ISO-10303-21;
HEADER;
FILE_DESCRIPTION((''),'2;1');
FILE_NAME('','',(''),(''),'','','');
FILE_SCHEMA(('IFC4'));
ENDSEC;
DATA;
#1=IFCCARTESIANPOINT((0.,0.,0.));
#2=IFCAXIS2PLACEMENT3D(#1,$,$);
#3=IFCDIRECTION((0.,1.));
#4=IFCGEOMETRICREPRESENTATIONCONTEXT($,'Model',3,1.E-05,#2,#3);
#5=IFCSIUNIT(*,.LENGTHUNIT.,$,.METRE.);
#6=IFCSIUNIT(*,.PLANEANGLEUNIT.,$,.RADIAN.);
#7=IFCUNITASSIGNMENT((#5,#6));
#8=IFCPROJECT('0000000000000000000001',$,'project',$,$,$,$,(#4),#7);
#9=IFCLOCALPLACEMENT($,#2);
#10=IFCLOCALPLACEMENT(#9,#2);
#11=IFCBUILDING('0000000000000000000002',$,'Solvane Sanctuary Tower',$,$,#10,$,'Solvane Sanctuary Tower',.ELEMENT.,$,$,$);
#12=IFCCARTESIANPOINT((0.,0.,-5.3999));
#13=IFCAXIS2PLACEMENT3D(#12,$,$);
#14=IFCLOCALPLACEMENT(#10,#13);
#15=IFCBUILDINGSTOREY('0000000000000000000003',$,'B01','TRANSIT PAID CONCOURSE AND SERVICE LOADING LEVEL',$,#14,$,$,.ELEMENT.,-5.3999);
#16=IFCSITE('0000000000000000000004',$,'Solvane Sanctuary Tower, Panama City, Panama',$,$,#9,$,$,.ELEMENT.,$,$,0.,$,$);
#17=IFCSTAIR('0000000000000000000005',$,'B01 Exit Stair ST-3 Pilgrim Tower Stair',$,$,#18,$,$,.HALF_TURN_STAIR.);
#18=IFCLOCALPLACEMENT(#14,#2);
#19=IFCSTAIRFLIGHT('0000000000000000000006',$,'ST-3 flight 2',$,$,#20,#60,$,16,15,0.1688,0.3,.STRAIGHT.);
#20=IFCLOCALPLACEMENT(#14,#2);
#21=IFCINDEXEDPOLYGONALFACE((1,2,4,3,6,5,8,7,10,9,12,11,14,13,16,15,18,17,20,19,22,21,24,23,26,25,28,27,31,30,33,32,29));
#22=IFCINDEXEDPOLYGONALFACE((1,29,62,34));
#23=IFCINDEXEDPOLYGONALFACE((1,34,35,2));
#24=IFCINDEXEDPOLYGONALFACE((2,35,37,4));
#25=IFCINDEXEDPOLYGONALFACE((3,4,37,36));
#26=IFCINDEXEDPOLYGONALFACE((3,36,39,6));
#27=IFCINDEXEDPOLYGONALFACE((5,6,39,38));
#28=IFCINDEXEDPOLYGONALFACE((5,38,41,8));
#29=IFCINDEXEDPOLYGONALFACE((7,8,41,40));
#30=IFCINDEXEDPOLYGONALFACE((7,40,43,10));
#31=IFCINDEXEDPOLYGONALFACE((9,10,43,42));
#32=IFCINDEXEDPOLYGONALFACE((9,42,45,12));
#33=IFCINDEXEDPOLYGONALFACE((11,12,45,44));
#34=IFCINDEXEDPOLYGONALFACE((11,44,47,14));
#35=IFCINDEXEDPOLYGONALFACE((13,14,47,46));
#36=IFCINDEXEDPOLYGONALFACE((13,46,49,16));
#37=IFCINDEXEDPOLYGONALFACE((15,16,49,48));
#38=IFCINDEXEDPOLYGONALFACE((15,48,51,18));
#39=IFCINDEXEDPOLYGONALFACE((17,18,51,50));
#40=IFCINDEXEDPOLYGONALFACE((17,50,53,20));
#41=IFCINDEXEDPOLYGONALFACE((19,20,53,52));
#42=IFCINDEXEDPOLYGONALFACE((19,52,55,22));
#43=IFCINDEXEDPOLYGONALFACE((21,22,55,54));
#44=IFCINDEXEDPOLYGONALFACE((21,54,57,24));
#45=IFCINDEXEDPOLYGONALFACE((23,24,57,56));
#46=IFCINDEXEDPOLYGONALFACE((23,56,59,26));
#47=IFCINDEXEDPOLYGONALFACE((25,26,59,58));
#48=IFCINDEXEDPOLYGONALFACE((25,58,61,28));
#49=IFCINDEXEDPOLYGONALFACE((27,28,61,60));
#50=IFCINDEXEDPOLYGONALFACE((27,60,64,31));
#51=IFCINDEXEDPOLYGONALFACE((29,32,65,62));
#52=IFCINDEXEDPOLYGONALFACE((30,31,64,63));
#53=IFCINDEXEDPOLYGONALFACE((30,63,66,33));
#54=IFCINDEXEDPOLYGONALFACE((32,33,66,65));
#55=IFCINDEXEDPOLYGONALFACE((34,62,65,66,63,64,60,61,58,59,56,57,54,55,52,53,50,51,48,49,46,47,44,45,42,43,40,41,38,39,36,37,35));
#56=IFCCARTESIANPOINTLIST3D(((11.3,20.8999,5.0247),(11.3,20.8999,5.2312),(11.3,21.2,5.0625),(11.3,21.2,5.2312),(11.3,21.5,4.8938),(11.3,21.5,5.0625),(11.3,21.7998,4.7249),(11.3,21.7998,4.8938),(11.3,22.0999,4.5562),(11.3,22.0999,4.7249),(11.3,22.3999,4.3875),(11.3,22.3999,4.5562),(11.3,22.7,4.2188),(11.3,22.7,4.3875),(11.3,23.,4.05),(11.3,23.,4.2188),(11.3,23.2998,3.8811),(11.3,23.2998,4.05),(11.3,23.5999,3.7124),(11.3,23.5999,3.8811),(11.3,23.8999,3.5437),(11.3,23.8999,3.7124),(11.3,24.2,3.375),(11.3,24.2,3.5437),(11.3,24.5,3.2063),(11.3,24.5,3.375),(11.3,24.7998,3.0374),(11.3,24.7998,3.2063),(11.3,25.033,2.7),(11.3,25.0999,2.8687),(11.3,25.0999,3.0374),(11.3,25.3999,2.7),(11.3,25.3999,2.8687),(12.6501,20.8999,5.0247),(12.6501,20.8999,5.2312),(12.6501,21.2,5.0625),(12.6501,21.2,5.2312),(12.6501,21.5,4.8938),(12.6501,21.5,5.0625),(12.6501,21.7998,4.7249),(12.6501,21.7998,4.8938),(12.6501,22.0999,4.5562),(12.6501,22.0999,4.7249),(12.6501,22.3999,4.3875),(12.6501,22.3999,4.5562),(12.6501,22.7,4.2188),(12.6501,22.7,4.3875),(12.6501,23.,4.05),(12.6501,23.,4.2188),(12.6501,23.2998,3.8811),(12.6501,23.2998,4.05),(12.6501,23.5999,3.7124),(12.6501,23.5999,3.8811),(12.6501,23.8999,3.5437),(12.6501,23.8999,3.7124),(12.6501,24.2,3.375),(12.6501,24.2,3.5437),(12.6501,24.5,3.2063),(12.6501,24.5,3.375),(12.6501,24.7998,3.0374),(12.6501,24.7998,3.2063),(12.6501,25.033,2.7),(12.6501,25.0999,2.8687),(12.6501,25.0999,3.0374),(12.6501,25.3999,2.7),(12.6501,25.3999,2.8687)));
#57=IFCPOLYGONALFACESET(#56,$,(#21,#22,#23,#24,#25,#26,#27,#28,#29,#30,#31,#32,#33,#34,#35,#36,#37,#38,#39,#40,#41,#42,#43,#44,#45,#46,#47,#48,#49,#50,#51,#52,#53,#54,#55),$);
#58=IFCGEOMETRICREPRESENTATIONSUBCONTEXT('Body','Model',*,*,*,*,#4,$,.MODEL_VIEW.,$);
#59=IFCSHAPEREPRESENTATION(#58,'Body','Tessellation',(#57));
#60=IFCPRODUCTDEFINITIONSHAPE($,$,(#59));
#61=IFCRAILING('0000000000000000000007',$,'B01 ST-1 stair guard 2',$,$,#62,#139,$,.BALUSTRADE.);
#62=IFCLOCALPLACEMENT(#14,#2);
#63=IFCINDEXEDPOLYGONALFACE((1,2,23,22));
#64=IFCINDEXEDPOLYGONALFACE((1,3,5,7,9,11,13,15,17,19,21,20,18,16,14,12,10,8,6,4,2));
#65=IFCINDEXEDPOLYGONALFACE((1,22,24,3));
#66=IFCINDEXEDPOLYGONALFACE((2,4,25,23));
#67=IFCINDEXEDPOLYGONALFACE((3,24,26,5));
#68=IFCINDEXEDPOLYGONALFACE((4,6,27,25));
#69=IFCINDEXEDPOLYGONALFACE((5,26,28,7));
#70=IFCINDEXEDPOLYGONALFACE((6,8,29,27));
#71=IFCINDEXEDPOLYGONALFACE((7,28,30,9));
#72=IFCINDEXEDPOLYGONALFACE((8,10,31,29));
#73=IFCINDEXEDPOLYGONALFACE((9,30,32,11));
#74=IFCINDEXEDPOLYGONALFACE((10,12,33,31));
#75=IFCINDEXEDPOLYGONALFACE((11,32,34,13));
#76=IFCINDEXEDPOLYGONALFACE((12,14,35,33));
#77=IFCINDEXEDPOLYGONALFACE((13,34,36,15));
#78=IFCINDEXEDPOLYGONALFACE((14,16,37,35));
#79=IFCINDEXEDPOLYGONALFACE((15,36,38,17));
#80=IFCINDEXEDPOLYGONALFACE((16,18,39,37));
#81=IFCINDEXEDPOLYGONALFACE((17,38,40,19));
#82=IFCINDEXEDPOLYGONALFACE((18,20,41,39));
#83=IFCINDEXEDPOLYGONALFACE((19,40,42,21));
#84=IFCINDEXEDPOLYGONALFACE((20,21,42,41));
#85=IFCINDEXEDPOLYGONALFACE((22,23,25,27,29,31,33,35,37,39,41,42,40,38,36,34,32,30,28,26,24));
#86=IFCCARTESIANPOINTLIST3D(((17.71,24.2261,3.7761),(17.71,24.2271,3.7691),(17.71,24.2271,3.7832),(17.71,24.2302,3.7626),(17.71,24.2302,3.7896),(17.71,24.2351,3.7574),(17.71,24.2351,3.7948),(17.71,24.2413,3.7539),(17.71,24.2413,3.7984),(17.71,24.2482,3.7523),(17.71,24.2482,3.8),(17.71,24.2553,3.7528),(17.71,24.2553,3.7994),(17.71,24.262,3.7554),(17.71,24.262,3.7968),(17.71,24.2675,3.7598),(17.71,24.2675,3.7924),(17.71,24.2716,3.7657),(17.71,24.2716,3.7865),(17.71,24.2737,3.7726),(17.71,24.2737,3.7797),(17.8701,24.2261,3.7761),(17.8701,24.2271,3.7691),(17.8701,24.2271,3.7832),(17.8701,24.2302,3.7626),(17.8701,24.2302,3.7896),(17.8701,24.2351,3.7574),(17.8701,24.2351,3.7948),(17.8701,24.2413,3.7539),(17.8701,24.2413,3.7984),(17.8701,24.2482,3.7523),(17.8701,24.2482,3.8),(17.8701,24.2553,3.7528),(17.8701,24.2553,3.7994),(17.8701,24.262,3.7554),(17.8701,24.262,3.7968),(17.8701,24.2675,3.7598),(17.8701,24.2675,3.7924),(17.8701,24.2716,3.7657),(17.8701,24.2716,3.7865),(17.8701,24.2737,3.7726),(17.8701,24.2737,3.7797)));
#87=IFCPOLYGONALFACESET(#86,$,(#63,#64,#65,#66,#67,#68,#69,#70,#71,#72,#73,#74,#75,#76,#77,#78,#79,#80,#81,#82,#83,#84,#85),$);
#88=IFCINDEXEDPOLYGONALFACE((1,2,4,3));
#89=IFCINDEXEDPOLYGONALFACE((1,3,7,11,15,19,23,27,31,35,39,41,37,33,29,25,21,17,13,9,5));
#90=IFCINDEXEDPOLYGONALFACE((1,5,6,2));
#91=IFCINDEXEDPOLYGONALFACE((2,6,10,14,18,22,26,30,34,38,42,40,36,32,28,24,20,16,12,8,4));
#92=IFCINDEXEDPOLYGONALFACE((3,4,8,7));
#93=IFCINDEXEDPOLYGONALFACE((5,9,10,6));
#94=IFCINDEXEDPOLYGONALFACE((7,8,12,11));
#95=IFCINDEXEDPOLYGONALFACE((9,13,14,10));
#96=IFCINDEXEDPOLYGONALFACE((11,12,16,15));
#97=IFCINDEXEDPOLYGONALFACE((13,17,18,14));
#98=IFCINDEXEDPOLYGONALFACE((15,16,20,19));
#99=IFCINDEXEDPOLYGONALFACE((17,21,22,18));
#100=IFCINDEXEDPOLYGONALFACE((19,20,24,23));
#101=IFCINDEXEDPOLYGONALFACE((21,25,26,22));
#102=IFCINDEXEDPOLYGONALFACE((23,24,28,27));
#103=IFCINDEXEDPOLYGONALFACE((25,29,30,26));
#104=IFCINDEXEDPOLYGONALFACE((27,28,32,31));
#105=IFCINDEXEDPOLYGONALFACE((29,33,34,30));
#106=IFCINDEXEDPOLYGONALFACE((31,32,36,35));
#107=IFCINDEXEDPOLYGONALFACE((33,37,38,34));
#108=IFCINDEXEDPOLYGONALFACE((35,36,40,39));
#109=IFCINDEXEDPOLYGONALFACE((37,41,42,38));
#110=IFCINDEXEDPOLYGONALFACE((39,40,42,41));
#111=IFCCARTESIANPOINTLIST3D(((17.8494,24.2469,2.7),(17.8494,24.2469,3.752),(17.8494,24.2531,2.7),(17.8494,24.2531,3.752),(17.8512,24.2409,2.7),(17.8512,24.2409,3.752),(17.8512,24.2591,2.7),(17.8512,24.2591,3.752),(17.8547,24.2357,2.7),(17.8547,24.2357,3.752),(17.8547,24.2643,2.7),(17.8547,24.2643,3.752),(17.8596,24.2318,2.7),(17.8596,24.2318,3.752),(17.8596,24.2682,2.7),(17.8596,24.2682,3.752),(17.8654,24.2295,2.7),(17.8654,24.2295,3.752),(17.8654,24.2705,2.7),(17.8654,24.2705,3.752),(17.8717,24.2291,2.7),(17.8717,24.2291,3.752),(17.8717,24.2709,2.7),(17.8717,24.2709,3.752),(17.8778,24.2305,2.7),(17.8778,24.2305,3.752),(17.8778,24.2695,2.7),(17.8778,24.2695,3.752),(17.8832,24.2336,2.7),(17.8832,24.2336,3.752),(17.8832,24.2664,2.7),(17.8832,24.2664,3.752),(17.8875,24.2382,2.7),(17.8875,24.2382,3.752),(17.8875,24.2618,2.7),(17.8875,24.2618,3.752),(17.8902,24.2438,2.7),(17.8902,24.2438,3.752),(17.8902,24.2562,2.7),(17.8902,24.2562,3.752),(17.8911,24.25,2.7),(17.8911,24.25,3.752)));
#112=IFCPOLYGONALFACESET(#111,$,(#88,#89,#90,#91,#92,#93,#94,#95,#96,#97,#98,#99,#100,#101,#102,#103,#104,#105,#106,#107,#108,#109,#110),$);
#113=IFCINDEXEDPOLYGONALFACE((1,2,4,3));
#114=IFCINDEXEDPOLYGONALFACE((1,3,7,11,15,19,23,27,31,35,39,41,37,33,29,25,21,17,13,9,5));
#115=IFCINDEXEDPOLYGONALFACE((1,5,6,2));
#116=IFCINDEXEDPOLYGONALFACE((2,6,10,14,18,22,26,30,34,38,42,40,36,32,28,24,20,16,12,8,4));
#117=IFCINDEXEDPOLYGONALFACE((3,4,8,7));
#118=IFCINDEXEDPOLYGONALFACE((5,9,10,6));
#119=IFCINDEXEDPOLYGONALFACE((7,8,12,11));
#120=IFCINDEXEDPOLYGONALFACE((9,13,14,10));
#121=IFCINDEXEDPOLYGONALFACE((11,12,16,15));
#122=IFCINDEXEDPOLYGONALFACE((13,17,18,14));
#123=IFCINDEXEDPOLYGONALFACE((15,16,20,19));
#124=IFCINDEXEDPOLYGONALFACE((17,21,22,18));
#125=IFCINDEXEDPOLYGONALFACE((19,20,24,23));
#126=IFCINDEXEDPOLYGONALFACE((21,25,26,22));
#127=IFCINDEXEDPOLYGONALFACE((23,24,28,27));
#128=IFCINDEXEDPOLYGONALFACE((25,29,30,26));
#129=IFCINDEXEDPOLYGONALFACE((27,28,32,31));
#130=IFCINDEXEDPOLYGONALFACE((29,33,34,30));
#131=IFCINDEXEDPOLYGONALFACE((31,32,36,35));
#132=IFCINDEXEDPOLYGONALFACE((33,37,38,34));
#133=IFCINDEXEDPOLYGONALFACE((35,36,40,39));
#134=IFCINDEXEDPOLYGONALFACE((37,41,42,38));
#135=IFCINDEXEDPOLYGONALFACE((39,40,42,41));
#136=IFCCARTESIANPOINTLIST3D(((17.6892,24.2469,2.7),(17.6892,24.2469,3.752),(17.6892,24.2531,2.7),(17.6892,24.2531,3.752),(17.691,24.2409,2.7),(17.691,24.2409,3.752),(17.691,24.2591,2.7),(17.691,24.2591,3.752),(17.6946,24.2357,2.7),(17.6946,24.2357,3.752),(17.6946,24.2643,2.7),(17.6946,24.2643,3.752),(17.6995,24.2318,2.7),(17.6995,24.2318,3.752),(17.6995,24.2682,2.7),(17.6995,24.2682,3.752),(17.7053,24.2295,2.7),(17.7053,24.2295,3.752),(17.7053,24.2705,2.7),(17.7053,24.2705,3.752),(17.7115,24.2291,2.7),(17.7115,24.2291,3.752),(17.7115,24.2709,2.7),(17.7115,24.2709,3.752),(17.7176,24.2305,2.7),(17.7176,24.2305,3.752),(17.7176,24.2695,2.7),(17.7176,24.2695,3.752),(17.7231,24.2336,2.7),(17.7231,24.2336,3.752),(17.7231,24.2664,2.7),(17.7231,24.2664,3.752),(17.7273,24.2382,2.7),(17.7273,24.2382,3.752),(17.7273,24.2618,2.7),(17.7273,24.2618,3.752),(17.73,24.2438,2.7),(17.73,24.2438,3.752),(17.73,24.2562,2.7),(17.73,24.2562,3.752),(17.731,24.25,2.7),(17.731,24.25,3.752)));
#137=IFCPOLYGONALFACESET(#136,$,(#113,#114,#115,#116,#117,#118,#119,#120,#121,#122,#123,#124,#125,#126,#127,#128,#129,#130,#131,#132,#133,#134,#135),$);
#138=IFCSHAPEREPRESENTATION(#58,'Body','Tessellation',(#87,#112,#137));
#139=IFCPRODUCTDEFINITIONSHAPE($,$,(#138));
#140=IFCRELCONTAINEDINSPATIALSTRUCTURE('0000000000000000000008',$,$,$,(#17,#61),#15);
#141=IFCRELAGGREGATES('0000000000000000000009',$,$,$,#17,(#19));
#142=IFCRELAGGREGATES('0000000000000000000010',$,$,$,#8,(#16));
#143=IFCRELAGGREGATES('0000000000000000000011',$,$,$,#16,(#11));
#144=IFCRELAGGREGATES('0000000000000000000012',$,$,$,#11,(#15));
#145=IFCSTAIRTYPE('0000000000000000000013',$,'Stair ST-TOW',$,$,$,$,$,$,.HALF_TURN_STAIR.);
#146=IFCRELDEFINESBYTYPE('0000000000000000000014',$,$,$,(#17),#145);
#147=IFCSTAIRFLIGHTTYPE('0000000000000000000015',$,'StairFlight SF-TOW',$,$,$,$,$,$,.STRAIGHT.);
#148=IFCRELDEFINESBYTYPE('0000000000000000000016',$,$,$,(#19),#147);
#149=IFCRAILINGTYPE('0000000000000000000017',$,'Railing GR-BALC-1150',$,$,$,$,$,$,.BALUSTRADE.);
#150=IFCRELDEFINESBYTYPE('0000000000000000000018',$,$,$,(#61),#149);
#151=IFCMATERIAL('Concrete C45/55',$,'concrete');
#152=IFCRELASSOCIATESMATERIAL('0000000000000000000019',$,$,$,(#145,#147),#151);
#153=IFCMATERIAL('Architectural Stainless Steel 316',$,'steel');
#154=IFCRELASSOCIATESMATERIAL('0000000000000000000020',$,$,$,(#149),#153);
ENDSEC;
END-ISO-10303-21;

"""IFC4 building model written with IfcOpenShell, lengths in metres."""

from ifc_helpers import new_model, si_unit, direction, frame, origin, origin_2d, place, context, subcontext, project, spatial, polyline, circle, outline, extrude, material, type_object, element, aggregate, save


model = new_model("IFC4")

# Units and contexts
model_context = context("Model", 3, precision=1e-05, world=origin(), true_north=direction((0.0, 1.0)))
body_context = subcontext(model_context, "Body", "Model", "MODEL_VIEW")
ifc_project = project(units=[si_unit("LENGTHUNIT", "METRE"), si_unit("PLANEANGLEUNIT", "RADIAN")], contexts=[model_context])

# Site, building, storey
site_placement = place(None, origin())
site = spatial("IfcSite", under=ifc_project, at=site_placement, Name="Solvane Sanctuary Tower, Panama City, Panama", CompositionType="ELEMENT", RefElevation=0.0)
building_placement = place(site_placement, origin())
building = spatial("IfcBuilding", under=site, at=building_placement, Name="Solvane Sanctuary Tower", LongName="Solvane Sanctuary Tower", CompositionType="ELEMENT")
storey_placement = place(building_placement, frame((0.0, 0.0, -5.3999)))
storey = spatial("IfcBuildingStorey", under=building, at=storey_placement, Name="B01", Description="TRANSIT PAID CONCOURSE AND SERVICE LOADING LEVEL", CompositionType="ELEMENT", Elevation=-5.3999)

# Shared definitions
ifc_material_1 = material(Name="Architectural Stainless Steel 316", Category="steel")

# Shared definitions
ifc_material_2 = material(Name="Concrete C45/55", Category="concrete")
stair_type = type_object("IfcStairType", Name="Stair ST-TOW", PredefinedType="HALF_TURN_STAIR", material=ifc_material_2)
stair_flight_type = type_object("IfcStairFlightType", Name="StairFlight SF-TOW", PredefinedType="STRAIGHT", material=ifc_material_2)

# Stair, stair flight
stair_1_placement = place(storey_placement, origin())
stair_1 = element("IfcStair", 1, at=stair_1_placement, inside=storey, type_object=stair_type, Name="B01 Exit Stair ST-3 Pilgrim Tower Stair", PredefinedType="HALF_TURN_STAIR")
stair_flight_1_placement = place(storey_placement, frame((11.9751, 25.3999, 2.7), z_axis=(0.0, 0.0, 1.0), x_axis=(0.0, -1.0, 0.0)))
stair_flight_1 = element("IfcStairFlight", 2, at=stair_flight_1_placement, type_object=stair_flight_type, Name="ST-3 flight 2", NumberOfRisers=16, NumberOfTreads=15, PredefinedType="STRAIGHT", RiserHeight=0.1688, TreadLength=0.3, context=body_context, shape_type="SweptSolid", body=[
    extrude(outline(polyline([(0.0, 0.0), (0.0, 0.1687), (0.3, 0.1687), (0.3, 0.3374), (0.6001, 0.3374), (0.6001, 0.5063), (0.8999, 0.5063), (0.8999, 0.675), (1.2, 0.675), (1.2, 0.8438), (1.5, 0.8438), (1.5, 1.0125), (1.8, 1.0125), (1.8, 1.1812), (2.1001, 1.1812), (2.1001, 1.3501), (2.3999, 1.3501), (2.3999, 1.5188), (2.7, 1.5188), (2.7, 1.6875), (3.0, 1.6875), (3.0, 1.8562), (3.3, 1.8562), (3.3, 2.0249), (3.6001, 2.0249), (3.6001, 2.1938), (3.8999, 2.1938), (3.8999, 2.3625), (4.2, 2.3625), (4.2, 2.5312), (4.5, 2.5312), (4.5, 2.7), (4.5, 2.3247), (0.3669, 0.0), (0.0, 0.0)])), frame((0.0, 0.675, 0.0), z_axis=(0.0, -1.0, 0.0), x_axis=(1.0, 0.0, 0.0)), (0.0, 0.0, 1.0), 1.3501),
])
aggregate(stair_1, [stair_flight_1])

# Railing
railing_type_1 = type_object("IfcRailingType", Name="Railing GR-BALC-1150", PredefinedType="BALUSTRADE", material=ifc_material_1)
railing_1_placement = place(storey_placement, frame((17.8701, 24.25, 2.7)))
element("IfcRailing", 3, at=railing_1_placement, inside=storey, type_object=railing_type_1, Name="B01 ST-1 stair guard 2", PredefinedType="BALUSTRADE", context=body_context, shape_type="SweptSolid", body=[
    extrude(circle(Radius=0.0239, at=origin_2d()), frame((0.0, 0.0, 1.0762), z_axis=(-1.0, 0.0, 0.0), x_axis=(0.0, -1.0, 0.0)), (0.0, 0.0, 1.0), 0.1602),
    extrude(circle(Radius=0.021, at=origin_2d()), origin(), (0.0, 0.0, 1.0), 1.052),
    extrude(circle(Radius=0.021, at=origin_2d()), frame((-0.1602, 0.0, 0.0)), (0.0, 0.0, 1.0), 1.052),
])

save(model, "model.ifc")
